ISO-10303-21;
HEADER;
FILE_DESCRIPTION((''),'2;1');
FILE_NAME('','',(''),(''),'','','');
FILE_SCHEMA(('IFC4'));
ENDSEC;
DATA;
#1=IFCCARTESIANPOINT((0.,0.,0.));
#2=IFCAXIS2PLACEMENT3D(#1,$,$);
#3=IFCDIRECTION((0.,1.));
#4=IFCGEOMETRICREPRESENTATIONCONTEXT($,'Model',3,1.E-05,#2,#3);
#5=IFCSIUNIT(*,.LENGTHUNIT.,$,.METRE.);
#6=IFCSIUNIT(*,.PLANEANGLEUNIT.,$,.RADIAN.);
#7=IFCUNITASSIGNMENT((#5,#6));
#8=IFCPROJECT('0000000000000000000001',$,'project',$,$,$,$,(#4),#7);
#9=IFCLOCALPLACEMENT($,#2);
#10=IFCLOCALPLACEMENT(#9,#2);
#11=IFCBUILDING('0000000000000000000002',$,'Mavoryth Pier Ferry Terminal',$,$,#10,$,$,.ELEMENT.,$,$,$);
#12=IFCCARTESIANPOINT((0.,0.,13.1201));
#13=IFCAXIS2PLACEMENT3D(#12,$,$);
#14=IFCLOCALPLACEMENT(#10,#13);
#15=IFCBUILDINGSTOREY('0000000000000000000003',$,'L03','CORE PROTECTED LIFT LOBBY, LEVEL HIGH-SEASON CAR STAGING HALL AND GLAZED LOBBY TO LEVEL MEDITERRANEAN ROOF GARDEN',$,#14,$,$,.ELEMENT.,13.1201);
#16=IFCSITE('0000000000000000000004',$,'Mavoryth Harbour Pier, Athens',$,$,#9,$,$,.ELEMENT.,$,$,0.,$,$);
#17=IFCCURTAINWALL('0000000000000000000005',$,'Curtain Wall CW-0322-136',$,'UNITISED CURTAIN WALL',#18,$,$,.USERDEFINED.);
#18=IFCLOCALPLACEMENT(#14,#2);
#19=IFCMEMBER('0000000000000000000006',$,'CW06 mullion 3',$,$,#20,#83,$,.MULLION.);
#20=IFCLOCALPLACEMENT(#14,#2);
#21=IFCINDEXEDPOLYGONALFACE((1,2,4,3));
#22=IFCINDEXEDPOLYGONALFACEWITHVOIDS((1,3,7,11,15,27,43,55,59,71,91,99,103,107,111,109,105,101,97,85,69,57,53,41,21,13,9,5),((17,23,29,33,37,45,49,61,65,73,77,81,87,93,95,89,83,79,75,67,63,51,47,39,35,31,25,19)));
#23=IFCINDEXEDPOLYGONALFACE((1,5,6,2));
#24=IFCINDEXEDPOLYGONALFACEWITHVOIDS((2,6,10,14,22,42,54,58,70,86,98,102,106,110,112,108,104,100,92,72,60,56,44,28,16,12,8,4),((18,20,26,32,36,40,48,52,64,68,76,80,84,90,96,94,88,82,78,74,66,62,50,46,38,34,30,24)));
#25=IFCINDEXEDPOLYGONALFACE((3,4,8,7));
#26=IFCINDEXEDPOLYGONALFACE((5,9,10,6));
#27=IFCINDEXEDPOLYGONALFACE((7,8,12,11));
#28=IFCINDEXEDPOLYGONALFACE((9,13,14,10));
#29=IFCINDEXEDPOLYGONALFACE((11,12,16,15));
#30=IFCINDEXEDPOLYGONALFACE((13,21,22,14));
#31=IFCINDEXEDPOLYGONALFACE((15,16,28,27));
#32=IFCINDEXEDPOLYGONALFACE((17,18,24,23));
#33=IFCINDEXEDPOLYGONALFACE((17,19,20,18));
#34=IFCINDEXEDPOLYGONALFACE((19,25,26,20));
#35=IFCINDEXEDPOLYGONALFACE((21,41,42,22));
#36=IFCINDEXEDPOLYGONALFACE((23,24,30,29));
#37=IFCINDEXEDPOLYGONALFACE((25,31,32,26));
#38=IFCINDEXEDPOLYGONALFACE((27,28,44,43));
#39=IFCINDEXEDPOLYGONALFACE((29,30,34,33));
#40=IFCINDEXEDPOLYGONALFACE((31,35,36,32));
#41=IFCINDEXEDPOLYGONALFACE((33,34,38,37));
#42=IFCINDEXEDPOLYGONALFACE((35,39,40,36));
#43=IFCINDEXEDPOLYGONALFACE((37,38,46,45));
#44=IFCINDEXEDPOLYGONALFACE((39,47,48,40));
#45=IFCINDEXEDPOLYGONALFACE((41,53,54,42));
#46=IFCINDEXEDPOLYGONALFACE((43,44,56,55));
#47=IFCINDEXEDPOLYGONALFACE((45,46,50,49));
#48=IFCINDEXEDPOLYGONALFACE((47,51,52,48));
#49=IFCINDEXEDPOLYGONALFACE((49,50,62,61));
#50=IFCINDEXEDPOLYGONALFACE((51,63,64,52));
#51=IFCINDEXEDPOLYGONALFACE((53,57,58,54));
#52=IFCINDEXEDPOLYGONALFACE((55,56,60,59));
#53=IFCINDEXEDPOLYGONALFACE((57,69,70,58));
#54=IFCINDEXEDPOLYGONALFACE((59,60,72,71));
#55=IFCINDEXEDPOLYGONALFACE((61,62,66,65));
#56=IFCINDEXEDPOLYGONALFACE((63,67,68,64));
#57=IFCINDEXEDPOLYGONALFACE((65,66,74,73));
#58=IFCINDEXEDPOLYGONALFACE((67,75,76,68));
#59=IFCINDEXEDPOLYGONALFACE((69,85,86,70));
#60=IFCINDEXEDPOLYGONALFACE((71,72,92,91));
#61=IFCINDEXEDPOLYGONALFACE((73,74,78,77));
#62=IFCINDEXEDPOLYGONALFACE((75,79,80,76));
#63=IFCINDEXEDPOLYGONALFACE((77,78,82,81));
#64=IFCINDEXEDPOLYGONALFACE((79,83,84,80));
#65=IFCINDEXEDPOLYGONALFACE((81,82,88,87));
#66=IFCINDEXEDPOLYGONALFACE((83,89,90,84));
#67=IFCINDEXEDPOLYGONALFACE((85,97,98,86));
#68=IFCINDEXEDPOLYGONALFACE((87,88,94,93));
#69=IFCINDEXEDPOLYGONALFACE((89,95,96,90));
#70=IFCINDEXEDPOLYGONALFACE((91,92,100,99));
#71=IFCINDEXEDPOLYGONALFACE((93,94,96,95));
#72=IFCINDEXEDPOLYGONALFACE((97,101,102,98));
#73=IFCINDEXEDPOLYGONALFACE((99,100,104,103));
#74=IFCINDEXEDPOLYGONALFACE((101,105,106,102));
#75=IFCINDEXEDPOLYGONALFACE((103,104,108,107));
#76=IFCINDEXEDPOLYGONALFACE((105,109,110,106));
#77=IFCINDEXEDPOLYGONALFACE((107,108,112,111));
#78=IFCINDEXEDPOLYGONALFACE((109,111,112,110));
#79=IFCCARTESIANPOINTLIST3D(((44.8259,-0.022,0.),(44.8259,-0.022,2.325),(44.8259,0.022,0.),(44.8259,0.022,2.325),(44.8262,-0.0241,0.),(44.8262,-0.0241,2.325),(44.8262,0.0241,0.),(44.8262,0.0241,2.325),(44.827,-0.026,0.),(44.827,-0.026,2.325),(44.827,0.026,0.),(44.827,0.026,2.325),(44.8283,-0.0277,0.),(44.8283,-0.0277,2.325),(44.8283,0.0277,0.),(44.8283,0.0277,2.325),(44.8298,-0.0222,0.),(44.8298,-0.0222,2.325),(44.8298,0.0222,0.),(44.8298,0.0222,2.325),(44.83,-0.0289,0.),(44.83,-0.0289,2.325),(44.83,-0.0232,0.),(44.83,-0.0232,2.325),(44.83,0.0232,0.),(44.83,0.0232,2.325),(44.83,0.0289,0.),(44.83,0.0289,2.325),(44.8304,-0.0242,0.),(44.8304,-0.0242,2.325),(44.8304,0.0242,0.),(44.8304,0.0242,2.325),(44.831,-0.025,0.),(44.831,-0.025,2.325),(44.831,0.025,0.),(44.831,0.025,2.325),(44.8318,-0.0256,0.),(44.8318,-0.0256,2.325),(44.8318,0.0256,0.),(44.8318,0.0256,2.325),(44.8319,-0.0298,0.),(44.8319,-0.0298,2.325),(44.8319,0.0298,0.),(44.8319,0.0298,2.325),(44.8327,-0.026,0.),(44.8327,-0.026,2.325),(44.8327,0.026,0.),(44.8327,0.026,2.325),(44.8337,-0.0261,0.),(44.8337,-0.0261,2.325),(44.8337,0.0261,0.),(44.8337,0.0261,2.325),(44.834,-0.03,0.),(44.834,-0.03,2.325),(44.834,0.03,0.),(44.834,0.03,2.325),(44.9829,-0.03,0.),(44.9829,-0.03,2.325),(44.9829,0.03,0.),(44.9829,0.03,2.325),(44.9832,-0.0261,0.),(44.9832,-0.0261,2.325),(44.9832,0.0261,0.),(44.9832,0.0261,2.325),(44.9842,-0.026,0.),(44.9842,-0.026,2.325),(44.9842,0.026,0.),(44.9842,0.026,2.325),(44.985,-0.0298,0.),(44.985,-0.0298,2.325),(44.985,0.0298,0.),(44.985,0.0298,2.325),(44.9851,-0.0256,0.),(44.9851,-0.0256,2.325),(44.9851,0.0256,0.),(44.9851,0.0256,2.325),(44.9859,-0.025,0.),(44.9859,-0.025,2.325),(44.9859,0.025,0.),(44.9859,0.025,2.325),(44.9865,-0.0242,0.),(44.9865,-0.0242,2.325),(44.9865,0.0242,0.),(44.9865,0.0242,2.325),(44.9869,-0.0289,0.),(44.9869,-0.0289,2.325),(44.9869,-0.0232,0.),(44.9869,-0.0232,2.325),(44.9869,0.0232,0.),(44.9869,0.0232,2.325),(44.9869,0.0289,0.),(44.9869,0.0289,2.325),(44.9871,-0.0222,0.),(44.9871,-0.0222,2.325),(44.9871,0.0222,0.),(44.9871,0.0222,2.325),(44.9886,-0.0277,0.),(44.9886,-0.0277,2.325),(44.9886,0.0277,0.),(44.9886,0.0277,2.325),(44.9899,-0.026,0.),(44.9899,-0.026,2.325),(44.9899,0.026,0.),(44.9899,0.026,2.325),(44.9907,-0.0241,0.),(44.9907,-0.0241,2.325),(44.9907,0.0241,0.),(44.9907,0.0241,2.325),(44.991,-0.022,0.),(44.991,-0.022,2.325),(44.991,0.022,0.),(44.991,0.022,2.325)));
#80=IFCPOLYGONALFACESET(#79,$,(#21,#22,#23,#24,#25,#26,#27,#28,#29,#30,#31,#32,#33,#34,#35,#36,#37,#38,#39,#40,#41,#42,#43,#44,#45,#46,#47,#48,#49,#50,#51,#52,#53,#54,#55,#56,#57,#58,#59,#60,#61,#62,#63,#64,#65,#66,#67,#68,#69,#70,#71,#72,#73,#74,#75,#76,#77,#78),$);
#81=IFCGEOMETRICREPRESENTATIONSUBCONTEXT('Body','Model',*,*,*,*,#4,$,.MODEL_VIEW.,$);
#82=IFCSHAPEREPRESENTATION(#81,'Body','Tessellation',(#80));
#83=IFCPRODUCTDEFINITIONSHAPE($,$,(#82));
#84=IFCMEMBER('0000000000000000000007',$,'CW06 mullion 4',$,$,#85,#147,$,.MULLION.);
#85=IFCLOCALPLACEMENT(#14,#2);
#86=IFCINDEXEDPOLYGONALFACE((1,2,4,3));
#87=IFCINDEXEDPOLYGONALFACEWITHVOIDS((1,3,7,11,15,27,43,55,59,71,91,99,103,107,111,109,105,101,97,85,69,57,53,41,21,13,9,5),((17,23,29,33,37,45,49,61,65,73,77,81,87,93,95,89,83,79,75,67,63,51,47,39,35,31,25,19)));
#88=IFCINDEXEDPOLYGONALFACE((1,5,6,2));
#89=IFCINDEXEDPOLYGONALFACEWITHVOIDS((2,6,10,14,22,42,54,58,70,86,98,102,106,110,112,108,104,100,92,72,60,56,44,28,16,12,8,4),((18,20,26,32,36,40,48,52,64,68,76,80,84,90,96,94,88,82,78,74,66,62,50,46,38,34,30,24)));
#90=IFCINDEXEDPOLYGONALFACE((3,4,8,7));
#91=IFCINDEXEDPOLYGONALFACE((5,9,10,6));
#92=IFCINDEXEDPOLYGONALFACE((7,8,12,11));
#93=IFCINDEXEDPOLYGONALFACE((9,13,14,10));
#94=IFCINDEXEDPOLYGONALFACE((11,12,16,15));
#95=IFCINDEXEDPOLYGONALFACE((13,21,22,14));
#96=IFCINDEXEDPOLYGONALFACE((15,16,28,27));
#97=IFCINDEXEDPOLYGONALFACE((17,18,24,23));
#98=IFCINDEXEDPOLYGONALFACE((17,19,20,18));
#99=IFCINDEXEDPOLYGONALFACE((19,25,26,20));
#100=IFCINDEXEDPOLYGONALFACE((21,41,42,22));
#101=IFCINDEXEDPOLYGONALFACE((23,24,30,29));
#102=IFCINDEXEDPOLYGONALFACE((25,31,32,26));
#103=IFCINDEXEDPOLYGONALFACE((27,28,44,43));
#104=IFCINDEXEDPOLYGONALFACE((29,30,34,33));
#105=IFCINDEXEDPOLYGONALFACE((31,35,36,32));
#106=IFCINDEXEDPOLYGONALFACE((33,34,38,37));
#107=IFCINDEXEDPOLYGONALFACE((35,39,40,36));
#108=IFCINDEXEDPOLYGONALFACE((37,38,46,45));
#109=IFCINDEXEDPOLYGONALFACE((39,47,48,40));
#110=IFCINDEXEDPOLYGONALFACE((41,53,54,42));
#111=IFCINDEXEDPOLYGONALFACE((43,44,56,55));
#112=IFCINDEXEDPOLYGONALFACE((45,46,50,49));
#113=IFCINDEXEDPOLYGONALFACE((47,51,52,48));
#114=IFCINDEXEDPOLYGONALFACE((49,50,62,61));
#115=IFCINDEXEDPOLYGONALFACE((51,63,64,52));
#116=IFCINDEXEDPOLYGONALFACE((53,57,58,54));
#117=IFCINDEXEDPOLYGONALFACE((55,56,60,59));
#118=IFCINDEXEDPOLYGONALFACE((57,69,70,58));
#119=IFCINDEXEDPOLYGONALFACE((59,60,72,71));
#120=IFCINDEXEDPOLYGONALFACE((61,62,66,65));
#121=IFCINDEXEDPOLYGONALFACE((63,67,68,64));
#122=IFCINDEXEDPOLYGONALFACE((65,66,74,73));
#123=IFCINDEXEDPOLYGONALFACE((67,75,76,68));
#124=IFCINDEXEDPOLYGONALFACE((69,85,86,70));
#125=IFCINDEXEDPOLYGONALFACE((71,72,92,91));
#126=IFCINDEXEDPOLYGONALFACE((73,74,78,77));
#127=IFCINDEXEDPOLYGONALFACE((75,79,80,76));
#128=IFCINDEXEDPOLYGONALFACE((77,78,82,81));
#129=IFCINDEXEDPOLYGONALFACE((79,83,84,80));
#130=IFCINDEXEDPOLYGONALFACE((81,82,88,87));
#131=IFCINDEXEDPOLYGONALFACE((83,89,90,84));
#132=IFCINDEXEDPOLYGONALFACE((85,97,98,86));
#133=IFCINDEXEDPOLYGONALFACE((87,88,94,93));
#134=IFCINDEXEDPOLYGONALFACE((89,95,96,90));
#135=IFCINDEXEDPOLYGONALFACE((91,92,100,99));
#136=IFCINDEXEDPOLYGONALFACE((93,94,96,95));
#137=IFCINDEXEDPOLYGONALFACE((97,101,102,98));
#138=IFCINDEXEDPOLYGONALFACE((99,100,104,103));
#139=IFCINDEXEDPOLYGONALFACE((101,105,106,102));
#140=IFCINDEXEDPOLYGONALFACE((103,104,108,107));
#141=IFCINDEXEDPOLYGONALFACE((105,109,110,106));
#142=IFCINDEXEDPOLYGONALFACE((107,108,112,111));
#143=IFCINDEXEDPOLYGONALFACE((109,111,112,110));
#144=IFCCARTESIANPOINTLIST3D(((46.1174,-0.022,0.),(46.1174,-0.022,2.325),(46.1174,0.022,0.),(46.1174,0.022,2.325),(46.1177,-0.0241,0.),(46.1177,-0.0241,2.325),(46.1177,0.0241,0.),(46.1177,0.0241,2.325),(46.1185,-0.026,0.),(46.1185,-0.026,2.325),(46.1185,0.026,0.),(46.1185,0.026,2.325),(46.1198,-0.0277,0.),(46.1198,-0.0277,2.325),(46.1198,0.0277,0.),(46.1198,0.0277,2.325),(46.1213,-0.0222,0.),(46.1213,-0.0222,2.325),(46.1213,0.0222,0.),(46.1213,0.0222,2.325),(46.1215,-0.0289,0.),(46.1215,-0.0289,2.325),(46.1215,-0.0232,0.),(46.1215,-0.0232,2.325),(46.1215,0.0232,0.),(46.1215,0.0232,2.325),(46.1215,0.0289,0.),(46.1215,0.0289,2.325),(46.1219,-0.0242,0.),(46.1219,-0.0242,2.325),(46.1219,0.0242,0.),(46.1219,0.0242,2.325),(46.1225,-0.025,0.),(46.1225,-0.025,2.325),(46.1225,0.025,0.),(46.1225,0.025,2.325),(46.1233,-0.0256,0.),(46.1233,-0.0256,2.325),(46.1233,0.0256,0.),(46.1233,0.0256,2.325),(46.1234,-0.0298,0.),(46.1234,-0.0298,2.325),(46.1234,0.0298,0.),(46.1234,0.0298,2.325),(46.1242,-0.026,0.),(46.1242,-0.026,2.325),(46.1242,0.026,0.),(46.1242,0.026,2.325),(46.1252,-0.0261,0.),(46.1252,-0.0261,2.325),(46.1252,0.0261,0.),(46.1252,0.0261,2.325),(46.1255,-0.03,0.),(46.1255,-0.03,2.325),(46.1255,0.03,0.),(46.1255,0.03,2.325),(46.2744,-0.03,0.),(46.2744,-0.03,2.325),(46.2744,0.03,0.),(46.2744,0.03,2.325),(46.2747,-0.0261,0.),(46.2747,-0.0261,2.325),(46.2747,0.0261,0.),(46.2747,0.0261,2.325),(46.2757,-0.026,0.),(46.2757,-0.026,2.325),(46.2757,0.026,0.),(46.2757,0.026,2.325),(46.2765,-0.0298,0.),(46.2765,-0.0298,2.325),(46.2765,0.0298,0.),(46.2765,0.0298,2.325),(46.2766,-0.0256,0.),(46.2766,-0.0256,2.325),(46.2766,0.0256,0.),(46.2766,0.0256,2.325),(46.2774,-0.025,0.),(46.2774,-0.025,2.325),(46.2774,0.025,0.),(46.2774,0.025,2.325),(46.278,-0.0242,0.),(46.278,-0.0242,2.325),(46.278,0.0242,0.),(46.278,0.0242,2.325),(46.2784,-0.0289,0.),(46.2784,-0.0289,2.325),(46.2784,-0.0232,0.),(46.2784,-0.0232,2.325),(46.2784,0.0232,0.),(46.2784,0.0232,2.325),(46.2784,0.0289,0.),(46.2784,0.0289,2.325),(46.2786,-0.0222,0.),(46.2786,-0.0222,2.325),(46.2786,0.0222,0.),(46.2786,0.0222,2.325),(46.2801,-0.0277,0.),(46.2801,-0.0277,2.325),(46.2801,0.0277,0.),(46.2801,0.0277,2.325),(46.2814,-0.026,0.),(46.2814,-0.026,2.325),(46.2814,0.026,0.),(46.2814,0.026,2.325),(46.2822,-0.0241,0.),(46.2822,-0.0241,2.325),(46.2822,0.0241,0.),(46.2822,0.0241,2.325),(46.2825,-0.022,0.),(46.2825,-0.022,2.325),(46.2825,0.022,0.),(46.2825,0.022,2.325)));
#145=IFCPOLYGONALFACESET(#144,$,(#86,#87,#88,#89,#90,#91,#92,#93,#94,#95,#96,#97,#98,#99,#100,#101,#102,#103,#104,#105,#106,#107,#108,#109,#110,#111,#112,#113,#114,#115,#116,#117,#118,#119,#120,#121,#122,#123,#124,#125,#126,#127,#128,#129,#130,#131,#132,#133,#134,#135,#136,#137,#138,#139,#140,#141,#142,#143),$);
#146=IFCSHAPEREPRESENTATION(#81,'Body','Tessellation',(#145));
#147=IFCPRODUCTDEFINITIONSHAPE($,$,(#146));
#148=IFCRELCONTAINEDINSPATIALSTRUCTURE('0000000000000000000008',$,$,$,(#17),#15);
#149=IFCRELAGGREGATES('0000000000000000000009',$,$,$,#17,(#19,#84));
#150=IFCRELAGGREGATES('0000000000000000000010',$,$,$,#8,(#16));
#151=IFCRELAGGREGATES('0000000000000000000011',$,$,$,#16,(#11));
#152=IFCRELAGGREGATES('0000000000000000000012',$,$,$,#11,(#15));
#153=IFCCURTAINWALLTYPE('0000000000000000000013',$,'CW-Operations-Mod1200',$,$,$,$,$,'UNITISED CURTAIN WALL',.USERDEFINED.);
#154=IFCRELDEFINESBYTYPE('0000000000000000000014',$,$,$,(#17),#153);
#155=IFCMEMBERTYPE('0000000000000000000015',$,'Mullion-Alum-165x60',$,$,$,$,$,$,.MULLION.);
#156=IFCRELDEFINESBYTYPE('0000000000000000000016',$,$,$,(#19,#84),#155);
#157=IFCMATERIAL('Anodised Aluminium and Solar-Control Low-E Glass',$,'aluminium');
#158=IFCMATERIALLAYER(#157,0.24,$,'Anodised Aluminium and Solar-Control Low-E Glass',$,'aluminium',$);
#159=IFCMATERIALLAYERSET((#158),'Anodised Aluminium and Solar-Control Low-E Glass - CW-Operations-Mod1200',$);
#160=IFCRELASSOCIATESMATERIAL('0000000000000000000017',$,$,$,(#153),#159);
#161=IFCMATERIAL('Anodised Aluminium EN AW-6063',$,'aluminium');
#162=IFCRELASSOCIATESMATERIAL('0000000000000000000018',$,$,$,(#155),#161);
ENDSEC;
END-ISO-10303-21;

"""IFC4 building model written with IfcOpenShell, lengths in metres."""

from ifc_helpers import new_model, si_unit, direction, frame, origin, origin_2d, place, context, subcontext, project, spatial, hollow_rectangle, extrude, material, layer, layer_set, material_profile, profile_set, type_object, element, aggregate, save


model = new_model("IFC4")

# Units and contexts
model_context = context("Model", 3, precision=1e-05, world=origin(), true_north=direction((0.0, 1.0)))
body_context = subcontext(model_context, "Body", "Model", "MODEL_VIEW")
ifc_project = project(units=[si_unit("LENGTHUNIT", "METRE"), si_unit("PLANEANGLEUNIT", "RADIAN")], contexts=[model_context])

# Site, building, storey
site_placement = place(None, origin())
site = spatial("IfcSite", under=ifc_project, at=site_placement, Name="Mavoryth Harbour Pier, Athens", CompositionType="ELEMENT", RefElevation=0.0)
building_placement = place(site_placement, origin())
building = spatial("IfcBuilding", under=site, at=building_placement, Name="Mavoryth Pier Ferry Terminal", CompositionType="ELEMENT")
storey_placement = place(building_placement, frame((0.0, 0.0, 13.1201)))
storey = spatial("IfcBuildingStorey", under=building, at=storey_placement, Name="L03", Description="CORE PROTECTED LIFT LOBBY, LEVEL HIGH-SEASON CAR STAGING HALL AND GLAZED LOBBY TO LEVEL MEDITERRANEAN ROOF GARDEN", CompositionType="ELEMENT", Elevation=13.1201)

# Curtain wall, members
ifc_material_1 = material(Name="Anodised Aluminium and Solar-Control Low-E Glass", Category="aluminium")
ifc_layer_1 = layer(ifc_material_1, 0.24, Name="Anodised Aluminium and Solar-Control Low-E Glass", Category="aluminium")
ifc_layer_set_1 = layer_set([ifc_layer_1], Name="Anodised Aluminium and Solar-Control Low-E Glass - CW-Operations-Mod1200")
curtain_wall_type = type_object("IfcCurtainWallType", Name="CW-Operations-Mod1200", ElementType="UNITISED CURTAIN WALL", PredefinedType="USERDEFINED", material=ifc_layer_set_1)
curtain_wall_placement = place(storey_placement, origin())
curtain_wall = element("IfcCurtainWall", 1, at=curtain_wall_placement, inside=storey, type_object=curtain_wall_type, Name="Curtain Wall CW-0322-136", ObjectType="UNITISED CURTAIN WALL", PredefinedType="USERDEFINED")
ifc_material_2 = material(Name="Anodised Aluminium EN AW-6063", Category="aluminium")
ifc_material_profile_1 = material_profile(ifc_material_2, hollow_rectangle(XDim=0.0601, YDim=0.165, WallThickness=0.0039, InnerFilletRadius=0.0039, OuterFilletRadius=0.0081, at=origin_2d()), Name="AL-MULL 165x60x4", Category="aluminium")
ifc_profile_set_1 = profile_set([ifc_material_profile_1], Name="Anodised Aluminium EN AW-6063 - AL-MULL 165x60x4")
member_type_1 = type_object("IfcMemberType", Name="Mullion-Alum-165x60", PredefinedType="MULLION", material=ifc_profile_set_1)
member_1_placement = place(storey_placement, frame((44.9084, 0.0, 0.0), z_axis=(0.0, 0.0, 1.0), x_axis=(0.0, 1.0, 0.0)))
member_1 = element("IfcMember", 2, at=member_1_placement, type_object=member_type_1, Name="CW06 mullion 3", PredefinedType="MULLION", context=body_context, shape_type="SweptSolid", body=[
    extrude(hollow_rectangle(XDim=0.0601, YDim=0.165, WallThickness=0.0039, InnerFilletRadius=0.0039, OuterFilletRadius=0.0081, at=origin_2d()), origin(), (0.0, 0.0, 1.0), 2.325),
])
member_2_placement = place(storey_placement, frame((46.2, 0.0, 0.0), z_axis=(0.0, 0.0, 1.0), x_axis=(0.0, 1.0, 0.0)))
member_2 = element("IfcMember", 3, at=member_2_placement, type_object=member_type_1, Name="CW06 mullion 4", PredefinedType="MULLION", context=body_context, shape_type="SweptSolid", body=[
    extrude(hollow_rectangle(XDim=0.0601, YDim=0.165, WallThickness=0.0039, InnerFilletRadius=0.0039, OuterFilletRadius=0.0081, at=origin_2d()), origin(), (0.0, 0.0, 1.0), 2.325),
])

aggregate(curtain_wall, [member_1, member_2])

save(model, "model.ifc")
